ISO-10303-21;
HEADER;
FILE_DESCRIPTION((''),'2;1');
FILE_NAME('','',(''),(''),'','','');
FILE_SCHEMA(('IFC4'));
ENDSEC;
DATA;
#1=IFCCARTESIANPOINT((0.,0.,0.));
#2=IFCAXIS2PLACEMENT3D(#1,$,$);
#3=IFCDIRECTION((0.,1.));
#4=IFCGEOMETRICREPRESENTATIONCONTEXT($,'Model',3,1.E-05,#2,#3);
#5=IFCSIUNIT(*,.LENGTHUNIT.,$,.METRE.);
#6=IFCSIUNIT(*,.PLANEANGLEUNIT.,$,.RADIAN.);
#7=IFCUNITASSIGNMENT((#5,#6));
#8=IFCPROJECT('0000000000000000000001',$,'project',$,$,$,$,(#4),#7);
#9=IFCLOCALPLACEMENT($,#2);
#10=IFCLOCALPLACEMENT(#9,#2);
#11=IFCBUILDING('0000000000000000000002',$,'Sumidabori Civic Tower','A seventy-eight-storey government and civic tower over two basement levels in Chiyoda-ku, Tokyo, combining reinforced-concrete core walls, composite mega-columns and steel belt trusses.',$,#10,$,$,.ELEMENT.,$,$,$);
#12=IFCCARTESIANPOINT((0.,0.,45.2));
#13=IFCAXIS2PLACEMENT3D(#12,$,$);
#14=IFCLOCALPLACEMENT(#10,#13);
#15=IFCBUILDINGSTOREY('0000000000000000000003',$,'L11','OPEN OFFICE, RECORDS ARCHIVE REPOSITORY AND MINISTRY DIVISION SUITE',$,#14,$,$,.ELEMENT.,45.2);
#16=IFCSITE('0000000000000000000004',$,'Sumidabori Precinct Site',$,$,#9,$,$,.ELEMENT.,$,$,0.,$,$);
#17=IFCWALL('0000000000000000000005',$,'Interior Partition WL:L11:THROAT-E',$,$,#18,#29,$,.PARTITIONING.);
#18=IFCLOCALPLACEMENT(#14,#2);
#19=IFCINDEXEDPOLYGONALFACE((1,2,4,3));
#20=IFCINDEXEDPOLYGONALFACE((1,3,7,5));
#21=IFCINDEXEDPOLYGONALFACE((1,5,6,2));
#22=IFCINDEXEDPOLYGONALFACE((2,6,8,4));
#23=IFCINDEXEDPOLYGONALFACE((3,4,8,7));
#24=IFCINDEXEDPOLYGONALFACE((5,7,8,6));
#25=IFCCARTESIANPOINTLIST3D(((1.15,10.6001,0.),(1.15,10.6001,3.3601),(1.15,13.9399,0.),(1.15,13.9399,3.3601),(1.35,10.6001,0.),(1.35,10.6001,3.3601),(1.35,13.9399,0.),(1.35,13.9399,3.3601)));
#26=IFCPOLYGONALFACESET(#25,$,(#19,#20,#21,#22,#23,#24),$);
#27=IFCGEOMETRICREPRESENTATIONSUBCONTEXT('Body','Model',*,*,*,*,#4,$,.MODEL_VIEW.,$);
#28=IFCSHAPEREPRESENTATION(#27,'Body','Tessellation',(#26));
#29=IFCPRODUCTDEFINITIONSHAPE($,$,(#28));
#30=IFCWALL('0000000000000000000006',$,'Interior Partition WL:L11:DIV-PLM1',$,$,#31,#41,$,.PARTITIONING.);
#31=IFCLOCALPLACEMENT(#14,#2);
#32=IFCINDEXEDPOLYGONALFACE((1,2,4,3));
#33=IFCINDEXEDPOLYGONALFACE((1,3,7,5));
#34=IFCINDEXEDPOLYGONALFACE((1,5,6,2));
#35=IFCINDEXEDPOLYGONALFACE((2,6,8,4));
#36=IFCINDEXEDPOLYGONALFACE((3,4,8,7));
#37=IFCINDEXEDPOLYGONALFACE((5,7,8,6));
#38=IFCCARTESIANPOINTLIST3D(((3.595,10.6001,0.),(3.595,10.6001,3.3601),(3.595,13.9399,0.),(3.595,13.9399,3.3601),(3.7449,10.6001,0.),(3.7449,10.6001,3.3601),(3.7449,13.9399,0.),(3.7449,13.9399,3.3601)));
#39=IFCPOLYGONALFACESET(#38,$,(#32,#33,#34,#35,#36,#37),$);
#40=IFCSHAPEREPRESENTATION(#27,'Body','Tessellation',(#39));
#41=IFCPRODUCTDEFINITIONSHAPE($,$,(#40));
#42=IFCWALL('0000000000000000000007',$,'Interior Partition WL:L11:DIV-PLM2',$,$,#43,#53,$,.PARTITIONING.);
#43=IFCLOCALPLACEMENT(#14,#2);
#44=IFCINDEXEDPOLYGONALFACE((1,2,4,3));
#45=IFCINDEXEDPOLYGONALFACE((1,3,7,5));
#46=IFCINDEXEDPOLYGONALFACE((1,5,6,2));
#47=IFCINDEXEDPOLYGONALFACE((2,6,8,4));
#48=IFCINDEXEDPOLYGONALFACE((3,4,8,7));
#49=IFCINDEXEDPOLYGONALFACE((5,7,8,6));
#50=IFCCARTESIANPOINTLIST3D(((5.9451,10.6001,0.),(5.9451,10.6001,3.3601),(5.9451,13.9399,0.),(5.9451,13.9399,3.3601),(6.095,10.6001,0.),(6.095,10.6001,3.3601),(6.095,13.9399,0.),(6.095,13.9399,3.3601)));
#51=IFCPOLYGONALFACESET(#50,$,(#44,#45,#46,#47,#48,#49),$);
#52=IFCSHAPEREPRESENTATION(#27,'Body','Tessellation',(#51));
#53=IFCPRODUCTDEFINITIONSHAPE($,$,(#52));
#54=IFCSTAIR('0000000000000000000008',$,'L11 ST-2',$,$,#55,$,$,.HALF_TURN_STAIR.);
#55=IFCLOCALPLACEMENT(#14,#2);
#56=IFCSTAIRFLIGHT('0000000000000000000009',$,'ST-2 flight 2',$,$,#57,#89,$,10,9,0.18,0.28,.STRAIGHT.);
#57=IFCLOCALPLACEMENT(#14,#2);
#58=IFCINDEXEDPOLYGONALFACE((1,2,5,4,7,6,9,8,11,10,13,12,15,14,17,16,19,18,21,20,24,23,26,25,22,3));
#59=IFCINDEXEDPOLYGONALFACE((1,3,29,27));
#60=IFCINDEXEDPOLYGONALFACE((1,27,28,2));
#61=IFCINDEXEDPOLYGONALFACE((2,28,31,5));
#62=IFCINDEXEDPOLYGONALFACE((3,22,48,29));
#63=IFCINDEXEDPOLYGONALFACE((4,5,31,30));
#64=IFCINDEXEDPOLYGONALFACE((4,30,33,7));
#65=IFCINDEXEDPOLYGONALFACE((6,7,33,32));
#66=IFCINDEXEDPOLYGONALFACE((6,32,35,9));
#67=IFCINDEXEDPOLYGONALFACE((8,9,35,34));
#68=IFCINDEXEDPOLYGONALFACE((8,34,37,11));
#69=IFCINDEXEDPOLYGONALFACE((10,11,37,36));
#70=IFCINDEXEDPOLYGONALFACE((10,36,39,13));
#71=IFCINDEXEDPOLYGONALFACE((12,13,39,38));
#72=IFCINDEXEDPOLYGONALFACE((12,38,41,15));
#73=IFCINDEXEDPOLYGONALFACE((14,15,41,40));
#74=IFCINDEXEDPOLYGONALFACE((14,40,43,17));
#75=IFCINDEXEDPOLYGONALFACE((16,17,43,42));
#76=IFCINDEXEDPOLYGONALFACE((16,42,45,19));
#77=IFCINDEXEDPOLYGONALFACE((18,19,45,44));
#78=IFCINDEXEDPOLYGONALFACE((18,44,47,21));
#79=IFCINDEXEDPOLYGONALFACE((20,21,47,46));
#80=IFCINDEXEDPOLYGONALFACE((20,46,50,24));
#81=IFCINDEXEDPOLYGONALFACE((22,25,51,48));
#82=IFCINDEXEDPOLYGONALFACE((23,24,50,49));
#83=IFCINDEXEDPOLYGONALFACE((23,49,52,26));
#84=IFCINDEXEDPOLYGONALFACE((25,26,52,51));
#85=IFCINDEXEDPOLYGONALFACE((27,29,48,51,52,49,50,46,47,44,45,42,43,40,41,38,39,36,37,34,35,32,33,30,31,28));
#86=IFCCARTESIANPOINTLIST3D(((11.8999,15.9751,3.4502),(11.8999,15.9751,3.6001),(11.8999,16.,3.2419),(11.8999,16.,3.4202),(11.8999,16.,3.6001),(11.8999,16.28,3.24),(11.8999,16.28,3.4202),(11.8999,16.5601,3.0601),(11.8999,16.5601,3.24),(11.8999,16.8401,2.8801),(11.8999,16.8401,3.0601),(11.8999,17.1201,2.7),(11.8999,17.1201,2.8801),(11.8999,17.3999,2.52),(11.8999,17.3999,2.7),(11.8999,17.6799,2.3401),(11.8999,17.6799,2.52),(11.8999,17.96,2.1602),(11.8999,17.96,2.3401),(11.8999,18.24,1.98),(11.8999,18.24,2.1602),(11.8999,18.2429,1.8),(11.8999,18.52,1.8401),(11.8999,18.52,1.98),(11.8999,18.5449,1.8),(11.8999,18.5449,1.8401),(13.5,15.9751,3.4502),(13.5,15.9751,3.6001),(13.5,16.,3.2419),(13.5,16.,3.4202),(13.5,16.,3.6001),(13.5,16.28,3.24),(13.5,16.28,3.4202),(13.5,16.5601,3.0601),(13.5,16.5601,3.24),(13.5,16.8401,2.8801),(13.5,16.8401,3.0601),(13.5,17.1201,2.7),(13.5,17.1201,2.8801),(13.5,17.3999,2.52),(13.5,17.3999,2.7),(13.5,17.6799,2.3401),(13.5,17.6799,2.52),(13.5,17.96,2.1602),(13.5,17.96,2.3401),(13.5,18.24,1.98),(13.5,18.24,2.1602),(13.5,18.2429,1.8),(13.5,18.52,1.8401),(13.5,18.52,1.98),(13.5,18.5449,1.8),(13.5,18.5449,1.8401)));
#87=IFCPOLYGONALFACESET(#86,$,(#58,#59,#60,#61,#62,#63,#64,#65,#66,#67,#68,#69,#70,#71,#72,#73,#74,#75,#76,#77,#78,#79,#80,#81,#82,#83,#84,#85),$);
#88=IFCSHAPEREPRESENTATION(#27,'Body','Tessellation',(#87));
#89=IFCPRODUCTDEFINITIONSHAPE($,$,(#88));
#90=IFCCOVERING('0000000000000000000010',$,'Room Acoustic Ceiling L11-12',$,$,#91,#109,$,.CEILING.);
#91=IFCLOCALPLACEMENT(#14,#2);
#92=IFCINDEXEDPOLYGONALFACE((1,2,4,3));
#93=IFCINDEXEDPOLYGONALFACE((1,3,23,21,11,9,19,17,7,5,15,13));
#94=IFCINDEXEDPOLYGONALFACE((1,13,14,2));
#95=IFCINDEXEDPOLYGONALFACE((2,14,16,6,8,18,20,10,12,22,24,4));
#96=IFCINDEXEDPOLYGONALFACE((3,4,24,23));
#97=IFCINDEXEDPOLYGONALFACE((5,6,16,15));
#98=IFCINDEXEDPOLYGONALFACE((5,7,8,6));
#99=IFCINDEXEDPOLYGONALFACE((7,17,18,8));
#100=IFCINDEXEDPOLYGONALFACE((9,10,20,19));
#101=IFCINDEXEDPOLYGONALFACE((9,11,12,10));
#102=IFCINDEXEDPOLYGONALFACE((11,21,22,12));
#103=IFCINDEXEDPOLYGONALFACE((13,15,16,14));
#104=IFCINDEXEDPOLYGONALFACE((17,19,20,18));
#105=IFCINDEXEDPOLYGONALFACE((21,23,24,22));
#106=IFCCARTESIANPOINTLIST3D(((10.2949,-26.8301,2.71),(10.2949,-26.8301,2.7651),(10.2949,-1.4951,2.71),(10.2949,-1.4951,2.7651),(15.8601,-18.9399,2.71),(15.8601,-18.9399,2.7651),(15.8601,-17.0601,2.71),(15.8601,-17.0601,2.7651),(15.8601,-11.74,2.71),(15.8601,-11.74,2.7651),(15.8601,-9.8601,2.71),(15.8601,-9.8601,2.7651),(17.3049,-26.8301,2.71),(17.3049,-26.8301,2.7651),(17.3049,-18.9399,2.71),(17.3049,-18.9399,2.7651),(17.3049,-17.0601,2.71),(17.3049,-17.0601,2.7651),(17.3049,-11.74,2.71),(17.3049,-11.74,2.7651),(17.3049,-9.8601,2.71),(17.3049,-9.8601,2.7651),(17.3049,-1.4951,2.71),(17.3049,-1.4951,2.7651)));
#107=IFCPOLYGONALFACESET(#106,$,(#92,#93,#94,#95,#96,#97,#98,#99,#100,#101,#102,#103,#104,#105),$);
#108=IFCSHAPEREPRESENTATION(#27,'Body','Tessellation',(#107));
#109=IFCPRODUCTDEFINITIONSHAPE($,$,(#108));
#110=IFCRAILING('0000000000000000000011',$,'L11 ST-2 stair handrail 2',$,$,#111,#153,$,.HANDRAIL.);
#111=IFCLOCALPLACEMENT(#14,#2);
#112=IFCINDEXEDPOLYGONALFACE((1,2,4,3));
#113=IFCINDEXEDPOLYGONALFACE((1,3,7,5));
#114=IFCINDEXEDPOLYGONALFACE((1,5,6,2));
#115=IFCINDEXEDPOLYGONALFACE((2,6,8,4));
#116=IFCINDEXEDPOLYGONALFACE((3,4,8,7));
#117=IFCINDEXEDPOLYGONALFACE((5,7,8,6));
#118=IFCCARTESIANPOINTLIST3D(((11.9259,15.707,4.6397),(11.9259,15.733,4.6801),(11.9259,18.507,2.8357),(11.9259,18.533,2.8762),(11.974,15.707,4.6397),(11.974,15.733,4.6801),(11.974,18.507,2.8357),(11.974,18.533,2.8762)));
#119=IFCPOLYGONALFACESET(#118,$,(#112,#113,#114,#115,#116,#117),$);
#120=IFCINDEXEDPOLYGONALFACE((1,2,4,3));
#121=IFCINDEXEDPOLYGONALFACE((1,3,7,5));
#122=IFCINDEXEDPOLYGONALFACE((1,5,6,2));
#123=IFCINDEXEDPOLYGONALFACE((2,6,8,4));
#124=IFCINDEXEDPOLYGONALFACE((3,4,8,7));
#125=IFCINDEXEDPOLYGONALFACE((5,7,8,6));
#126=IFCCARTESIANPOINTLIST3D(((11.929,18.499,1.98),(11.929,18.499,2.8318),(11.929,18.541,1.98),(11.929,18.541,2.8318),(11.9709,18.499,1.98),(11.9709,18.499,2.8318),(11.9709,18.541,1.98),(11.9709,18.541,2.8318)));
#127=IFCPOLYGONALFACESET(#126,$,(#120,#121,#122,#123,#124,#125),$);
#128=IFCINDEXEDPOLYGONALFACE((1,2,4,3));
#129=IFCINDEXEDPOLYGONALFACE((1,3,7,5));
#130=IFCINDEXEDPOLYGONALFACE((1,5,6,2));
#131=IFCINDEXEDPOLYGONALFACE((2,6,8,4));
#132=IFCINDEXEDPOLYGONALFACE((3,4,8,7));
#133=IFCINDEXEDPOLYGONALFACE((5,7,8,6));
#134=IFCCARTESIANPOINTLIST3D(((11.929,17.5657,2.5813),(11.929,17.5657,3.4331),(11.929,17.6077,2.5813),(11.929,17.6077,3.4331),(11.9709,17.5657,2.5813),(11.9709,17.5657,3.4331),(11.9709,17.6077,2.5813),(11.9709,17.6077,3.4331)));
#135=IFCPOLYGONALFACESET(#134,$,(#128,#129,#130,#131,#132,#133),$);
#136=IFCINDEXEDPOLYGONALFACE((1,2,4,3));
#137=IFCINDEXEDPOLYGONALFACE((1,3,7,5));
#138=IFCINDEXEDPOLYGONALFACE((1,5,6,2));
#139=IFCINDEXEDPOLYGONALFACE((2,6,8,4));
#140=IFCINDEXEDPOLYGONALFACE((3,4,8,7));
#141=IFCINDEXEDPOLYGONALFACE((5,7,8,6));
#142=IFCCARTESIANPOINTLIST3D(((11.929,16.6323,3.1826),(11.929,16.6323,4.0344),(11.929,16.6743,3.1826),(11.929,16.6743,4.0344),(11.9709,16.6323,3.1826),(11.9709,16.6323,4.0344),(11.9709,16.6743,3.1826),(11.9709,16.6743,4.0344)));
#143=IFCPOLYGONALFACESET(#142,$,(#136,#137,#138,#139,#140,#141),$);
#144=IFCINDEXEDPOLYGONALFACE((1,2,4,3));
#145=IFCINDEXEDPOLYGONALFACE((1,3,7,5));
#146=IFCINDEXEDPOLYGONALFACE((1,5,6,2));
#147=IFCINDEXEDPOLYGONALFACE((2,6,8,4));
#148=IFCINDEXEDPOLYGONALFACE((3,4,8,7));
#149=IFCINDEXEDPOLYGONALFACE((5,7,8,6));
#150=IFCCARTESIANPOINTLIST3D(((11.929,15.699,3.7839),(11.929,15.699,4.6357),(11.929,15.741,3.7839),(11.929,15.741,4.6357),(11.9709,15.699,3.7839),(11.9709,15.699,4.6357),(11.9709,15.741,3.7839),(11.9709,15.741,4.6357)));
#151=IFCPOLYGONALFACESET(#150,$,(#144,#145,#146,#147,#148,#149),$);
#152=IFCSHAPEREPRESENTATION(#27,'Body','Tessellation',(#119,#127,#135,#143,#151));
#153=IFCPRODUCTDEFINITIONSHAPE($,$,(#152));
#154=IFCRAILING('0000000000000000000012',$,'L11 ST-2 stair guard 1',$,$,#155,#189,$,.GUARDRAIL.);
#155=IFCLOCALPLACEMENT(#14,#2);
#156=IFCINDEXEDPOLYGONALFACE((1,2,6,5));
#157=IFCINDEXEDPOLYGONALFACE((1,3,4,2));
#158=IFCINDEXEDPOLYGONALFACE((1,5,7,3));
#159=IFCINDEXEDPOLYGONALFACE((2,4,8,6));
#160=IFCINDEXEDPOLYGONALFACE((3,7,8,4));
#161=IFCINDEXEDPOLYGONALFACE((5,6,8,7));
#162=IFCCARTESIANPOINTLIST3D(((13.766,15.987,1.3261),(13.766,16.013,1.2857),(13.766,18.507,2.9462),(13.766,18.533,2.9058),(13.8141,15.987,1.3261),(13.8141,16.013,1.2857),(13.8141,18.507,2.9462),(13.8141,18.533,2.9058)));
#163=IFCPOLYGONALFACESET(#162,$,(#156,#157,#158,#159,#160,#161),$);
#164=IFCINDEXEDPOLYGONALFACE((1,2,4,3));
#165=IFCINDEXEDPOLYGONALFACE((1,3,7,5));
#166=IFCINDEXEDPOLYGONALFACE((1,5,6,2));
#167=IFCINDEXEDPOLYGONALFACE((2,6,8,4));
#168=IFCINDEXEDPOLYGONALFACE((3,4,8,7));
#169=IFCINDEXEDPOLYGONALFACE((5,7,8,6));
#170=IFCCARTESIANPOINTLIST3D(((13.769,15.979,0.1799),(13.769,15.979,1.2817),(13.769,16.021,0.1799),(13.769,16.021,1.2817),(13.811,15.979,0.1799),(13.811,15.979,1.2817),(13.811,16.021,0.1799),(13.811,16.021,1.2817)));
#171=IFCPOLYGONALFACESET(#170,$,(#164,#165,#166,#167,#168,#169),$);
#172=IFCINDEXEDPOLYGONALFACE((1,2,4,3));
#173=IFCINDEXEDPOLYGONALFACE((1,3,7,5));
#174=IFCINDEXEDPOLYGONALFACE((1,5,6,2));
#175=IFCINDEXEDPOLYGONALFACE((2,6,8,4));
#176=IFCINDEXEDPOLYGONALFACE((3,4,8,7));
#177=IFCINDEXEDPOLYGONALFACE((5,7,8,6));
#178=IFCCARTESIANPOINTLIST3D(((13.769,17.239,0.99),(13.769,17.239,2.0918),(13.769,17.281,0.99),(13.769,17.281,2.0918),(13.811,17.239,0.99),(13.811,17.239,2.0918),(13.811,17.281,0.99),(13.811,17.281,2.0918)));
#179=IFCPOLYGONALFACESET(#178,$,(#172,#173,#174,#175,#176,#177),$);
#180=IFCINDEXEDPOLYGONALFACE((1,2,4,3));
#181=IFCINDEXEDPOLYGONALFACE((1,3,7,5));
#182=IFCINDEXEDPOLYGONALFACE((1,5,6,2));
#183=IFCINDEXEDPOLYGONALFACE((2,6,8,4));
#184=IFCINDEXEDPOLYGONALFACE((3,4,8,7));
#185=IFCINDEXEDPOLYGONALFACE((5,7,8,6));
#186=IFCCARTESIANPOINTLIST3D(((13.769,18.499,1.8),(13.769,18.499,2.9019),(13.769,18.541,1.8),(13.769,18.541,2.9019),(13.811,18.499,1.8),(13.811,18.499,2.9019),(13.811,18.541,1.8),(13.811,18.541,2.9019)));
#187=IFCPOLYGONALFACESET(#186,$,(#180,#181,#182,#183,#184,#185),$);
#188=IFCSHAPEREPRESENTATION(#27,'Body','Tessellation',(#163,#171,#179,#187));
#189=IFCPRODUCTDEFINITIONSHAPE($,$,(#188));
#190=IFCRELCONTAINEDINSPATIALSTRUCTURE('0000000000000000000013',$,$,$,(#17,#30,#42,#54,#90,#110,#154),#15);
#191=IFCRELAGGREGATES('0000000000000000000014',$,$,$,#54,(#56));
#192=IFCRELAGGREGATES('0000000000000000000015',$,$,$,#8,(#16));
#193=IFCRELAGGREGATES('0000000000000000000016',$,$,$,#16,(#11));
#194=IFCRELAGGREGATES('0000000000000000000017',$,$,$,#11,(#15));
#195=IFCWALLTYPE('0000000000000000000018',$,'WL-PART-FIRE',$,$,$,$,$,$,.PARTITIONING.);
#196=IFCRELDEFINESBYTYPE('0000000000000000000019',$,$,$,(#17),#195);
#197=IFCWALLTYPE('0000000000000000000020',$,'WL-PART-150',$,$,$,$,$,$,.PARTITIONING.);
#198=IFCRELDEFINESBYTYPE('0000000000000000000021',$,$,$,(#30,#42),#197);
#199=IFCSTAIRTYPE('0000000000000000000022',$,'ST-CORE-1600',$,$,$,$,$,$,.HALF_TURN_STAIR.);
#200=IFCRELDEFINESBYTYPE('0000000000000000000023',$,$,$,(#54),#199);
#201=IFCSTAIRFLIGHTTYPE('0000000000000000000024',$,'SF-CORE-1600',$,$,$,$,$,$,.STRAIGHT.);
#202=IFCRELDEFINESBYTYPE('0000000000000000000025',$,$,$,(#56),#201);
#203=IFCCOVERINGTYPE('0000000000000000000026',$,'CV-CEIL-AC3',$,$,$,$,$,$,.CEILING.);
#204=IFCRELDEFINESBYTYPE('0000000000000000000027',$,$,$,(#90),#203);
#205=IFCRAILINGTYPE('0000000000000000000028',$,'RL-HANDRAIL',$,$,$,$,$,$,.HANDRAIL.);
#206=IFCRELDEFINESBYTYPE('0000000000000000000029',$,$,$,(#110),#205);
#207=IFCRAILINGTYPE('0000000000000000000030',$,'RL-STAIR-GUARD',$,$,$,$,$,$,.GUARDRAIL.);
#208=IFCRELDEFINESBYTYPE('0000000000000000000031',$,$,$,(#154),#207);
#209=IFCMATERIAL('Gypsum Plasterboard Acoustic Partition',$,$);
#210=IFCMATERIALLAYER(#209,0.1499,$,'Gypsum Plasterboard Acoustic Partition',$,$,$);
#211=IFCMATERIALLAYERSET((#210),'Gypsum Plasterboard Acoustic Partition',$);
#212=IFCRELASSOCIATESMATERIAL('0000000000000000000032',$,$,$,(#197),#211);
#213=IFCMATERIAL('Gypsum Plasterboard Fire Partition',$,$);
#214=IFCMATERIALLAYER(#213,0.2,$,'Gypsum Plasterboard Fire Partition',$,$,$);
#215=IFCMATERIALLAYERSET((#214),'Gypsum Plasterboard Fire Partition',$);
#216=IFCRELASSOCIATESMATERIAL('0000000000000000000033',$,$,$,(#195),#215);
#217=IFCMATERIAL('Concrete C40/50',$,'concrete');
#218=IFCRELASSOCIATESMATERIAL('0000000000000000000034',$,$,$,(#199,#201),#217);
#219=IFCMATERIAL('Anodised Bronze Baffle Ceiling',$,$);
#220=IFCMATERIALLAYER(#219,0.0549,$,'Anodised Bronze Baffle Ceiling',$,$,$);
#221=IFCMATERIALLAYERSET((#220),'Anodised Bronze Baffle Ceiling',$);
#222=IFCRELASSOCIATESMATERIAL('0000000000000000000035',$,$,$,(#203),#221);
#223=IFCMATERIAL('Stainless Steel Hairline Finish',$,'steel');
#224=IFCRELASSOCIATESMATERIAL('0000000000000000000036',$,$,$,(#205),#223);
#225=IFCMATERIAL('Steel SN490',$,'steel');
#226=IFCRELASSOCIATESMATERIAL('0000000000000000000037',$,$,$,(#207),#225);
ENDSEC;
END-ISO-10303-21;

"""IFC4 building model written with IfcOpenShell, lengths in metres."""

from ifc_helpers import new_model, si_unit, direction, frame, frame_2d, origin, origin_2d, place, context, subcontext, project, spatial, polyline, rectangle, outline, extrude, source, transform, mapped, material, layer, layer_set, type_object, element, aggregate, save


model = new_model("IFC4")

# Units and contexts
model_context = context("Model", 3, precision=1e-05, world=origin(), true_north=direction((0.0, 1.0)))
body_context = subcontext(model_context, "Body", "Model", "MODEL_VIEW")
ifc_project = project(units=[si_unit("LENGTHUNIT", "METRE"), si_unit("PLANEANGLEUNIT", "RADIAN")], contexts=[model_context])

# Site, building, storey
site_placement = place(None, origin())
site = spatial("IfcSite", under=ifc_project, at=site_placement, Name="Sumidabori Precinct Site", CompositionType="ELEMENT", RefElevation=0.0)
building_placement = place(site_placement, origin())
building = spatial("IfcBuilding", under=site, at=building_placement, Name="Sumidabori Civic Tower", Description="A seventy-eight-storey government and civic tower over two basement levels in Chiyoda-ku, Tokyo, combining reinforced-concrete core walls, composite mega-columns and steel belt trusses.", CompositionType="ELEMENT")
storey_placement = place(building_placement, frame((0.0, 0.0, 45.2)))
storey = spatial("IfcBuildingStorey", under=building, at=storey_placement, Name="L11", Description="OPEN OFFICE, RECORDS ARCHIVE REPOSITORY AND MINISTRY DIVISION SUITE", CompositionType="ELEMENT", Elevation=45.2)

# Shared definitions
ifc_material_1 = material(Name="Steel SN490", Category="steel")

# Shared definitions
ifc_material_2 = material(Name="Stainless Steel Hairline Finish", Category="steel")

# Walls
ifc_material_3 = material(Name="Gypsum Plasterboard Acoustic Partition")
ifc_layer_1 = layer(ifc_material_3, 0.1499, Name="Gypsum Plasterboard Acoustic Partition")
ifc_layer_set_1 = layer_set([ifc_layer_1], Name="Gypsum Plasterboard Acoustic Partition")
wall_type_1 = type_object("IfcWallType", Name="WL-PART-150", PredefinedType="PARTITIONING", material=ifc_layer_set_1)
ifc_material_4 = material(Name="Gypsum Plasterboard Fire Partition")
ifc_layer_2 = layer(ifc_material_4, 0.2, Name="Gypsum Plasterboard Fire Partition")
ifc_layer_set_2 = layer_set([ifc_layer_2], Name="Gypsum Plasterboard Fire Partition")
wall_type_2 = type_object("IfcWallType", Name="WL-PART-FIRE", PredefinedType="PARTITIONING", material=ifc_layer_set_2)
shared_shape_1 = source(origin(), body_context, "Body", "SweptSolid", [
    extrude(rectangle(XDim=3.3398, YDim=0.2, at=frame_2d((1.6699, 0.0))), origin(), (0.0, 0.0, 1.0), 3.3601),
])
wall_1_placement = place(storey_placement, frame((1.25, 10.6001, 0.0), z_axis=(0.0, 0.0, 1.0), x_axis=(0.0, 1.0, 0.0)))
element("IfcWall", 1, at=wall_1_placement, inside=storey, type_object=wall_type_2, Name="Interior Partition WL:L11:THROAT-E", PredefinedType="PARTITIONING", context=body_context, shape_type="MappedRepresentation", body=[
    mapped(shared_shape_1, transform((0.0, 0.0, 0.0), x_axis=(1.0, 0.0, 0.0), y_axis=(0.0, 1.0, 0.0), z_axis=(0.0, 0.0, 1.0), scale=1.0)),
])
shared_shape_2 = source(origin(), body_context, "Body", "SweptSolid", [
    extrude(rectangle(XDim=3.3398, YDim=0.1499, at=frame_2d((1.6699, 0.0))), origin(), (0.0, 0.0, 1.0), 3.3601),
])
for number, where, z_axis, x_axis, name in (
    (2, (3.6699, 10.6001, 0.0), (0.0, 0.0, 1.0), (0.0, 1.0, 0.0), "Interior Partition WL:L11:DIV-PLM1"),
    (3, (6.02, 10.6001, 0.0), (0.0, 0.0, 1.0), (0.0, 1.0, 0.0), "Interior Partition WL:L11:DIV-PLM2"),
):
    element("IfcWall", number, at=place(storey_placement, frame(where, z_axis=z_axis, x_axis=x_axis)), inside=storey, type_object=wall_type_1, Name=name, PredefinedType="PARTITIONING", context=body_context, shape_type="MappedRepresentation", body=[
        mapped(shared_shape_2, transform((0.0, 0.0, 0.0), x_axis=(1.0, 0.0, 0.0), y_axis=(0.0, 1.0, 0.0), z_axis=(0.0, 0.0, 1.0), scale=1.0)),
    ])

# Stair, stair flight
ifc_material_5 = material(Name="Concrete C40/50", Category="concrete")
stair_type = type_object("IfcStairType", Name="ST-CORE-1600", PredefinedType="HALF_TURN_STAIR", material=ifc_material_5)
stair_placement = place(storey_placement, origin())
stair = element("IfcStair", 4, at=stair_placement, inside=storey, type_object=stair_type, Name="L11 ST-2", PredefinedType="HALF_TURN_STAIR")
stair_flight_type = type_object("IfcStairFlightType", Name="SF-CORE-1600", PredefinedType="STRAIGHT", material=ifc_material_5)
shared_shape_3 = source(origin(), body_context, "Body", "SweptSolid", [
    extrude(outline(polyline([(-0.0249, 0.0), (-0.0249, 0.04), (0.0, 0.04), (0.0, 0.1799), (0.28, 0.1799), (0.28, 0.3601), (0.5601, 0.3601), (0.5601, 0.54), (0.8401, 0.54), (0.8401, 0.72), (1.1201, 0.72), (1.1201, 0.8999), (1.3999, 0.8999), (1.3999, 1.0801), (1.6799, 1.0801), (1.6799, 1.26), (1.96, 1.26), (1.96, 1.4399), (2.24, 1.4399), (2.24, 1.6201), (2.52, 1.6201), (2.52, 1.8), (2.5449, 1.8), (2.5449, 1.6501), (2.52, 1.4419), (0.2771, 0.0), (-0.0249, 0.0)])), frame((0.0, 0.8, 0.0), z_axis=(0.0, -1.0, 0.0), x_axis=(1.0, 0.0, 0.0)), (0.0, 0.0, 1.0), 1.6001),
])
stair_flight_placement = place(storey_placement, frame((12.7, 18.52, 1.8), z_axis=(0.0, 0.0, 1.0), x_axis=(0.0, -1.0, 0.0)))
stair_flight = element("IfcStairFlight", 5, at=stair_flight_placement, type_object=stair_flight_type, Name="ST-2 flight 2", NumberOfRisers=10, NumberOfTreads=9, PredefinedType="STRAIGHT", RiserHeight=0.18, TreadLength=0.28, context=body_context, shape_type="MappedRepresentation", body=[
    mapped(shared_shape_3, transform((0.0, 0.0, 0.0), x_axis=(1.0, 0.0, 0.0), y_axis=(0.0, 1.0, 0.0), z_axis=(0.0, 0.0, 1.0), scale=1.0)),
])
aggregate(stair, [stair_flight])

# Covering
ifc_material_6 = material(Name="Anodised Bronze Baffle Ceiling")
ifc_layer_3 = layer(ifc_material_6, 0.0549, Name="Anodised Bronze Baffle Ceiling")
ifc_layer_set_3 = layer_set([ifc_layer_3], Name="Anodised Bronze Baffle Ceiling")
covering_type = type_object("IfcCoveringType", Name="CV-CEIL-AC3", PredefinedType="CEILING", material=ifc_layer_set_3)
covering_placement = place(storey_placement, frame((0.0, 0.0, 2.71)))
element("IfcCovering", 6, at=covering_placement, inside=storey, type_object=covering_type, Name="Room Acoustic Ceiling L11-12", PredefinedType="CEILING", context=body_context, shape_type="SweptSolid", body=[
    extrude(outline(polyline([(17.3049, -9.8601), (15.8601, -9.8601), (15.8601, -11.74), (17.3049, -11.74), (17.3049, -17.0601), (15.8601, -17.0601), (15.8601, -18.9399), (17.3049, -18.9399), (17.3049, -26.8301), (10.2949, -26.8301), (10.2949, -1.4951), (17.3049, -1.4951), (17.3049, -9.8601)])), origin(), (0.0, 0.0, 1.0), 0.0552),
])

# Railings
railing_type_1 = type_object("IfcRailingType", Name="RL-HANDRAIL", PredefinedType="HANDRAIL", material=ifc_material_2)
railing_1_placement = place(storey_placement, frame((11.95, 18.52, 1.98)))
element("IfcRailing", 7, at=railing_1_placement, inside=storey, type_object=railing_type_1, Name="L11 ST-2 stair handrail 2", PredefinedType="HANDRAIL", context=body_context, shape_type="SweptSolid", body=[
    extrude(rectangle(XDim=0.0481, YDim=0.0481, at=origin_2d()), frame((0.0, 0.0, 0.876), z_axis=(0.0, -0.840642, 0.541591), x_axis=(1.0, 0.0, 0.0)), (0.0, 0.0, 1.0), 3.3308),
    extrude(rectangle(XDim=0.042, YDim=0.042, at=origin_2d()), origin(), (0.0, 0.0, 1.0), 0.8518),
    extrude(rectangle(XDim=0.042, YDim=0.042, at=origin_2d()), frame((0.0, -0.9333, 0.6013)), (0.0, 0.0, 1.0), 0.8518),
    extrude(rectangle(XDim=0.042, YDim=0.042, at=origin_2d()), frame((0.0, -1.8667, 1.2026)), (0.0, 0.0, 1.0), 0.8518),
    extrude(rectangle(XDim=0.042, YDim=0.042, at=origin_2d()), frame((0.0, -2.8, 1.804)), (0.0, 0.0, 1.0), 0.8518),
])
railing_type_2 = type_object("IfcRailingType", Name="RL-STAIR-GUARD", PredefinedType="GUARDRAIL", material=ifc_material_1)
railing_2_placement = place(storey_placement, frame((13.79, 16.0, 0.1799)))
element("IfcRailing", 8, at=railing_2_placement, inside=storey, type_object=railing_type_2, Name="L11 ST-2 stair guard 1", PredefinedType="GUARDRAIL", context=body_context, shape_type="SweptSolid", body=[
    extrude(rectangle(XDim=0.0481, YDim=0.0481, at=origin_2d()), frame((0.0, 0.0, 1.126), z_axis=(0.0, 0.841163, 0.540782), x_axis=(-1.0, 0.0, 0.0)), (0.0, 0.0, 1.0), 2.9958),
    extrude(rectangle(XDim=0.042, YDim=0.042, at=origin_2d()), origin(), (0.0, 0.0, 1.0), 1.1018),
    extrude(rectangle(XDim=0.042, YDim=0.042, at=origin_2d()), frame((0.0, 1.26, 0.8101)), (0.0, 0.0, 1.0), 1.1018),
    extrude(rectangle(XDim=0.042, YDim=0.042, at=origin_2d()), frame((0.0, 2.52, 1.6201)), (0.0, 0.0, 1.0), 1.1018),
])

save(model, "model.ifc")
